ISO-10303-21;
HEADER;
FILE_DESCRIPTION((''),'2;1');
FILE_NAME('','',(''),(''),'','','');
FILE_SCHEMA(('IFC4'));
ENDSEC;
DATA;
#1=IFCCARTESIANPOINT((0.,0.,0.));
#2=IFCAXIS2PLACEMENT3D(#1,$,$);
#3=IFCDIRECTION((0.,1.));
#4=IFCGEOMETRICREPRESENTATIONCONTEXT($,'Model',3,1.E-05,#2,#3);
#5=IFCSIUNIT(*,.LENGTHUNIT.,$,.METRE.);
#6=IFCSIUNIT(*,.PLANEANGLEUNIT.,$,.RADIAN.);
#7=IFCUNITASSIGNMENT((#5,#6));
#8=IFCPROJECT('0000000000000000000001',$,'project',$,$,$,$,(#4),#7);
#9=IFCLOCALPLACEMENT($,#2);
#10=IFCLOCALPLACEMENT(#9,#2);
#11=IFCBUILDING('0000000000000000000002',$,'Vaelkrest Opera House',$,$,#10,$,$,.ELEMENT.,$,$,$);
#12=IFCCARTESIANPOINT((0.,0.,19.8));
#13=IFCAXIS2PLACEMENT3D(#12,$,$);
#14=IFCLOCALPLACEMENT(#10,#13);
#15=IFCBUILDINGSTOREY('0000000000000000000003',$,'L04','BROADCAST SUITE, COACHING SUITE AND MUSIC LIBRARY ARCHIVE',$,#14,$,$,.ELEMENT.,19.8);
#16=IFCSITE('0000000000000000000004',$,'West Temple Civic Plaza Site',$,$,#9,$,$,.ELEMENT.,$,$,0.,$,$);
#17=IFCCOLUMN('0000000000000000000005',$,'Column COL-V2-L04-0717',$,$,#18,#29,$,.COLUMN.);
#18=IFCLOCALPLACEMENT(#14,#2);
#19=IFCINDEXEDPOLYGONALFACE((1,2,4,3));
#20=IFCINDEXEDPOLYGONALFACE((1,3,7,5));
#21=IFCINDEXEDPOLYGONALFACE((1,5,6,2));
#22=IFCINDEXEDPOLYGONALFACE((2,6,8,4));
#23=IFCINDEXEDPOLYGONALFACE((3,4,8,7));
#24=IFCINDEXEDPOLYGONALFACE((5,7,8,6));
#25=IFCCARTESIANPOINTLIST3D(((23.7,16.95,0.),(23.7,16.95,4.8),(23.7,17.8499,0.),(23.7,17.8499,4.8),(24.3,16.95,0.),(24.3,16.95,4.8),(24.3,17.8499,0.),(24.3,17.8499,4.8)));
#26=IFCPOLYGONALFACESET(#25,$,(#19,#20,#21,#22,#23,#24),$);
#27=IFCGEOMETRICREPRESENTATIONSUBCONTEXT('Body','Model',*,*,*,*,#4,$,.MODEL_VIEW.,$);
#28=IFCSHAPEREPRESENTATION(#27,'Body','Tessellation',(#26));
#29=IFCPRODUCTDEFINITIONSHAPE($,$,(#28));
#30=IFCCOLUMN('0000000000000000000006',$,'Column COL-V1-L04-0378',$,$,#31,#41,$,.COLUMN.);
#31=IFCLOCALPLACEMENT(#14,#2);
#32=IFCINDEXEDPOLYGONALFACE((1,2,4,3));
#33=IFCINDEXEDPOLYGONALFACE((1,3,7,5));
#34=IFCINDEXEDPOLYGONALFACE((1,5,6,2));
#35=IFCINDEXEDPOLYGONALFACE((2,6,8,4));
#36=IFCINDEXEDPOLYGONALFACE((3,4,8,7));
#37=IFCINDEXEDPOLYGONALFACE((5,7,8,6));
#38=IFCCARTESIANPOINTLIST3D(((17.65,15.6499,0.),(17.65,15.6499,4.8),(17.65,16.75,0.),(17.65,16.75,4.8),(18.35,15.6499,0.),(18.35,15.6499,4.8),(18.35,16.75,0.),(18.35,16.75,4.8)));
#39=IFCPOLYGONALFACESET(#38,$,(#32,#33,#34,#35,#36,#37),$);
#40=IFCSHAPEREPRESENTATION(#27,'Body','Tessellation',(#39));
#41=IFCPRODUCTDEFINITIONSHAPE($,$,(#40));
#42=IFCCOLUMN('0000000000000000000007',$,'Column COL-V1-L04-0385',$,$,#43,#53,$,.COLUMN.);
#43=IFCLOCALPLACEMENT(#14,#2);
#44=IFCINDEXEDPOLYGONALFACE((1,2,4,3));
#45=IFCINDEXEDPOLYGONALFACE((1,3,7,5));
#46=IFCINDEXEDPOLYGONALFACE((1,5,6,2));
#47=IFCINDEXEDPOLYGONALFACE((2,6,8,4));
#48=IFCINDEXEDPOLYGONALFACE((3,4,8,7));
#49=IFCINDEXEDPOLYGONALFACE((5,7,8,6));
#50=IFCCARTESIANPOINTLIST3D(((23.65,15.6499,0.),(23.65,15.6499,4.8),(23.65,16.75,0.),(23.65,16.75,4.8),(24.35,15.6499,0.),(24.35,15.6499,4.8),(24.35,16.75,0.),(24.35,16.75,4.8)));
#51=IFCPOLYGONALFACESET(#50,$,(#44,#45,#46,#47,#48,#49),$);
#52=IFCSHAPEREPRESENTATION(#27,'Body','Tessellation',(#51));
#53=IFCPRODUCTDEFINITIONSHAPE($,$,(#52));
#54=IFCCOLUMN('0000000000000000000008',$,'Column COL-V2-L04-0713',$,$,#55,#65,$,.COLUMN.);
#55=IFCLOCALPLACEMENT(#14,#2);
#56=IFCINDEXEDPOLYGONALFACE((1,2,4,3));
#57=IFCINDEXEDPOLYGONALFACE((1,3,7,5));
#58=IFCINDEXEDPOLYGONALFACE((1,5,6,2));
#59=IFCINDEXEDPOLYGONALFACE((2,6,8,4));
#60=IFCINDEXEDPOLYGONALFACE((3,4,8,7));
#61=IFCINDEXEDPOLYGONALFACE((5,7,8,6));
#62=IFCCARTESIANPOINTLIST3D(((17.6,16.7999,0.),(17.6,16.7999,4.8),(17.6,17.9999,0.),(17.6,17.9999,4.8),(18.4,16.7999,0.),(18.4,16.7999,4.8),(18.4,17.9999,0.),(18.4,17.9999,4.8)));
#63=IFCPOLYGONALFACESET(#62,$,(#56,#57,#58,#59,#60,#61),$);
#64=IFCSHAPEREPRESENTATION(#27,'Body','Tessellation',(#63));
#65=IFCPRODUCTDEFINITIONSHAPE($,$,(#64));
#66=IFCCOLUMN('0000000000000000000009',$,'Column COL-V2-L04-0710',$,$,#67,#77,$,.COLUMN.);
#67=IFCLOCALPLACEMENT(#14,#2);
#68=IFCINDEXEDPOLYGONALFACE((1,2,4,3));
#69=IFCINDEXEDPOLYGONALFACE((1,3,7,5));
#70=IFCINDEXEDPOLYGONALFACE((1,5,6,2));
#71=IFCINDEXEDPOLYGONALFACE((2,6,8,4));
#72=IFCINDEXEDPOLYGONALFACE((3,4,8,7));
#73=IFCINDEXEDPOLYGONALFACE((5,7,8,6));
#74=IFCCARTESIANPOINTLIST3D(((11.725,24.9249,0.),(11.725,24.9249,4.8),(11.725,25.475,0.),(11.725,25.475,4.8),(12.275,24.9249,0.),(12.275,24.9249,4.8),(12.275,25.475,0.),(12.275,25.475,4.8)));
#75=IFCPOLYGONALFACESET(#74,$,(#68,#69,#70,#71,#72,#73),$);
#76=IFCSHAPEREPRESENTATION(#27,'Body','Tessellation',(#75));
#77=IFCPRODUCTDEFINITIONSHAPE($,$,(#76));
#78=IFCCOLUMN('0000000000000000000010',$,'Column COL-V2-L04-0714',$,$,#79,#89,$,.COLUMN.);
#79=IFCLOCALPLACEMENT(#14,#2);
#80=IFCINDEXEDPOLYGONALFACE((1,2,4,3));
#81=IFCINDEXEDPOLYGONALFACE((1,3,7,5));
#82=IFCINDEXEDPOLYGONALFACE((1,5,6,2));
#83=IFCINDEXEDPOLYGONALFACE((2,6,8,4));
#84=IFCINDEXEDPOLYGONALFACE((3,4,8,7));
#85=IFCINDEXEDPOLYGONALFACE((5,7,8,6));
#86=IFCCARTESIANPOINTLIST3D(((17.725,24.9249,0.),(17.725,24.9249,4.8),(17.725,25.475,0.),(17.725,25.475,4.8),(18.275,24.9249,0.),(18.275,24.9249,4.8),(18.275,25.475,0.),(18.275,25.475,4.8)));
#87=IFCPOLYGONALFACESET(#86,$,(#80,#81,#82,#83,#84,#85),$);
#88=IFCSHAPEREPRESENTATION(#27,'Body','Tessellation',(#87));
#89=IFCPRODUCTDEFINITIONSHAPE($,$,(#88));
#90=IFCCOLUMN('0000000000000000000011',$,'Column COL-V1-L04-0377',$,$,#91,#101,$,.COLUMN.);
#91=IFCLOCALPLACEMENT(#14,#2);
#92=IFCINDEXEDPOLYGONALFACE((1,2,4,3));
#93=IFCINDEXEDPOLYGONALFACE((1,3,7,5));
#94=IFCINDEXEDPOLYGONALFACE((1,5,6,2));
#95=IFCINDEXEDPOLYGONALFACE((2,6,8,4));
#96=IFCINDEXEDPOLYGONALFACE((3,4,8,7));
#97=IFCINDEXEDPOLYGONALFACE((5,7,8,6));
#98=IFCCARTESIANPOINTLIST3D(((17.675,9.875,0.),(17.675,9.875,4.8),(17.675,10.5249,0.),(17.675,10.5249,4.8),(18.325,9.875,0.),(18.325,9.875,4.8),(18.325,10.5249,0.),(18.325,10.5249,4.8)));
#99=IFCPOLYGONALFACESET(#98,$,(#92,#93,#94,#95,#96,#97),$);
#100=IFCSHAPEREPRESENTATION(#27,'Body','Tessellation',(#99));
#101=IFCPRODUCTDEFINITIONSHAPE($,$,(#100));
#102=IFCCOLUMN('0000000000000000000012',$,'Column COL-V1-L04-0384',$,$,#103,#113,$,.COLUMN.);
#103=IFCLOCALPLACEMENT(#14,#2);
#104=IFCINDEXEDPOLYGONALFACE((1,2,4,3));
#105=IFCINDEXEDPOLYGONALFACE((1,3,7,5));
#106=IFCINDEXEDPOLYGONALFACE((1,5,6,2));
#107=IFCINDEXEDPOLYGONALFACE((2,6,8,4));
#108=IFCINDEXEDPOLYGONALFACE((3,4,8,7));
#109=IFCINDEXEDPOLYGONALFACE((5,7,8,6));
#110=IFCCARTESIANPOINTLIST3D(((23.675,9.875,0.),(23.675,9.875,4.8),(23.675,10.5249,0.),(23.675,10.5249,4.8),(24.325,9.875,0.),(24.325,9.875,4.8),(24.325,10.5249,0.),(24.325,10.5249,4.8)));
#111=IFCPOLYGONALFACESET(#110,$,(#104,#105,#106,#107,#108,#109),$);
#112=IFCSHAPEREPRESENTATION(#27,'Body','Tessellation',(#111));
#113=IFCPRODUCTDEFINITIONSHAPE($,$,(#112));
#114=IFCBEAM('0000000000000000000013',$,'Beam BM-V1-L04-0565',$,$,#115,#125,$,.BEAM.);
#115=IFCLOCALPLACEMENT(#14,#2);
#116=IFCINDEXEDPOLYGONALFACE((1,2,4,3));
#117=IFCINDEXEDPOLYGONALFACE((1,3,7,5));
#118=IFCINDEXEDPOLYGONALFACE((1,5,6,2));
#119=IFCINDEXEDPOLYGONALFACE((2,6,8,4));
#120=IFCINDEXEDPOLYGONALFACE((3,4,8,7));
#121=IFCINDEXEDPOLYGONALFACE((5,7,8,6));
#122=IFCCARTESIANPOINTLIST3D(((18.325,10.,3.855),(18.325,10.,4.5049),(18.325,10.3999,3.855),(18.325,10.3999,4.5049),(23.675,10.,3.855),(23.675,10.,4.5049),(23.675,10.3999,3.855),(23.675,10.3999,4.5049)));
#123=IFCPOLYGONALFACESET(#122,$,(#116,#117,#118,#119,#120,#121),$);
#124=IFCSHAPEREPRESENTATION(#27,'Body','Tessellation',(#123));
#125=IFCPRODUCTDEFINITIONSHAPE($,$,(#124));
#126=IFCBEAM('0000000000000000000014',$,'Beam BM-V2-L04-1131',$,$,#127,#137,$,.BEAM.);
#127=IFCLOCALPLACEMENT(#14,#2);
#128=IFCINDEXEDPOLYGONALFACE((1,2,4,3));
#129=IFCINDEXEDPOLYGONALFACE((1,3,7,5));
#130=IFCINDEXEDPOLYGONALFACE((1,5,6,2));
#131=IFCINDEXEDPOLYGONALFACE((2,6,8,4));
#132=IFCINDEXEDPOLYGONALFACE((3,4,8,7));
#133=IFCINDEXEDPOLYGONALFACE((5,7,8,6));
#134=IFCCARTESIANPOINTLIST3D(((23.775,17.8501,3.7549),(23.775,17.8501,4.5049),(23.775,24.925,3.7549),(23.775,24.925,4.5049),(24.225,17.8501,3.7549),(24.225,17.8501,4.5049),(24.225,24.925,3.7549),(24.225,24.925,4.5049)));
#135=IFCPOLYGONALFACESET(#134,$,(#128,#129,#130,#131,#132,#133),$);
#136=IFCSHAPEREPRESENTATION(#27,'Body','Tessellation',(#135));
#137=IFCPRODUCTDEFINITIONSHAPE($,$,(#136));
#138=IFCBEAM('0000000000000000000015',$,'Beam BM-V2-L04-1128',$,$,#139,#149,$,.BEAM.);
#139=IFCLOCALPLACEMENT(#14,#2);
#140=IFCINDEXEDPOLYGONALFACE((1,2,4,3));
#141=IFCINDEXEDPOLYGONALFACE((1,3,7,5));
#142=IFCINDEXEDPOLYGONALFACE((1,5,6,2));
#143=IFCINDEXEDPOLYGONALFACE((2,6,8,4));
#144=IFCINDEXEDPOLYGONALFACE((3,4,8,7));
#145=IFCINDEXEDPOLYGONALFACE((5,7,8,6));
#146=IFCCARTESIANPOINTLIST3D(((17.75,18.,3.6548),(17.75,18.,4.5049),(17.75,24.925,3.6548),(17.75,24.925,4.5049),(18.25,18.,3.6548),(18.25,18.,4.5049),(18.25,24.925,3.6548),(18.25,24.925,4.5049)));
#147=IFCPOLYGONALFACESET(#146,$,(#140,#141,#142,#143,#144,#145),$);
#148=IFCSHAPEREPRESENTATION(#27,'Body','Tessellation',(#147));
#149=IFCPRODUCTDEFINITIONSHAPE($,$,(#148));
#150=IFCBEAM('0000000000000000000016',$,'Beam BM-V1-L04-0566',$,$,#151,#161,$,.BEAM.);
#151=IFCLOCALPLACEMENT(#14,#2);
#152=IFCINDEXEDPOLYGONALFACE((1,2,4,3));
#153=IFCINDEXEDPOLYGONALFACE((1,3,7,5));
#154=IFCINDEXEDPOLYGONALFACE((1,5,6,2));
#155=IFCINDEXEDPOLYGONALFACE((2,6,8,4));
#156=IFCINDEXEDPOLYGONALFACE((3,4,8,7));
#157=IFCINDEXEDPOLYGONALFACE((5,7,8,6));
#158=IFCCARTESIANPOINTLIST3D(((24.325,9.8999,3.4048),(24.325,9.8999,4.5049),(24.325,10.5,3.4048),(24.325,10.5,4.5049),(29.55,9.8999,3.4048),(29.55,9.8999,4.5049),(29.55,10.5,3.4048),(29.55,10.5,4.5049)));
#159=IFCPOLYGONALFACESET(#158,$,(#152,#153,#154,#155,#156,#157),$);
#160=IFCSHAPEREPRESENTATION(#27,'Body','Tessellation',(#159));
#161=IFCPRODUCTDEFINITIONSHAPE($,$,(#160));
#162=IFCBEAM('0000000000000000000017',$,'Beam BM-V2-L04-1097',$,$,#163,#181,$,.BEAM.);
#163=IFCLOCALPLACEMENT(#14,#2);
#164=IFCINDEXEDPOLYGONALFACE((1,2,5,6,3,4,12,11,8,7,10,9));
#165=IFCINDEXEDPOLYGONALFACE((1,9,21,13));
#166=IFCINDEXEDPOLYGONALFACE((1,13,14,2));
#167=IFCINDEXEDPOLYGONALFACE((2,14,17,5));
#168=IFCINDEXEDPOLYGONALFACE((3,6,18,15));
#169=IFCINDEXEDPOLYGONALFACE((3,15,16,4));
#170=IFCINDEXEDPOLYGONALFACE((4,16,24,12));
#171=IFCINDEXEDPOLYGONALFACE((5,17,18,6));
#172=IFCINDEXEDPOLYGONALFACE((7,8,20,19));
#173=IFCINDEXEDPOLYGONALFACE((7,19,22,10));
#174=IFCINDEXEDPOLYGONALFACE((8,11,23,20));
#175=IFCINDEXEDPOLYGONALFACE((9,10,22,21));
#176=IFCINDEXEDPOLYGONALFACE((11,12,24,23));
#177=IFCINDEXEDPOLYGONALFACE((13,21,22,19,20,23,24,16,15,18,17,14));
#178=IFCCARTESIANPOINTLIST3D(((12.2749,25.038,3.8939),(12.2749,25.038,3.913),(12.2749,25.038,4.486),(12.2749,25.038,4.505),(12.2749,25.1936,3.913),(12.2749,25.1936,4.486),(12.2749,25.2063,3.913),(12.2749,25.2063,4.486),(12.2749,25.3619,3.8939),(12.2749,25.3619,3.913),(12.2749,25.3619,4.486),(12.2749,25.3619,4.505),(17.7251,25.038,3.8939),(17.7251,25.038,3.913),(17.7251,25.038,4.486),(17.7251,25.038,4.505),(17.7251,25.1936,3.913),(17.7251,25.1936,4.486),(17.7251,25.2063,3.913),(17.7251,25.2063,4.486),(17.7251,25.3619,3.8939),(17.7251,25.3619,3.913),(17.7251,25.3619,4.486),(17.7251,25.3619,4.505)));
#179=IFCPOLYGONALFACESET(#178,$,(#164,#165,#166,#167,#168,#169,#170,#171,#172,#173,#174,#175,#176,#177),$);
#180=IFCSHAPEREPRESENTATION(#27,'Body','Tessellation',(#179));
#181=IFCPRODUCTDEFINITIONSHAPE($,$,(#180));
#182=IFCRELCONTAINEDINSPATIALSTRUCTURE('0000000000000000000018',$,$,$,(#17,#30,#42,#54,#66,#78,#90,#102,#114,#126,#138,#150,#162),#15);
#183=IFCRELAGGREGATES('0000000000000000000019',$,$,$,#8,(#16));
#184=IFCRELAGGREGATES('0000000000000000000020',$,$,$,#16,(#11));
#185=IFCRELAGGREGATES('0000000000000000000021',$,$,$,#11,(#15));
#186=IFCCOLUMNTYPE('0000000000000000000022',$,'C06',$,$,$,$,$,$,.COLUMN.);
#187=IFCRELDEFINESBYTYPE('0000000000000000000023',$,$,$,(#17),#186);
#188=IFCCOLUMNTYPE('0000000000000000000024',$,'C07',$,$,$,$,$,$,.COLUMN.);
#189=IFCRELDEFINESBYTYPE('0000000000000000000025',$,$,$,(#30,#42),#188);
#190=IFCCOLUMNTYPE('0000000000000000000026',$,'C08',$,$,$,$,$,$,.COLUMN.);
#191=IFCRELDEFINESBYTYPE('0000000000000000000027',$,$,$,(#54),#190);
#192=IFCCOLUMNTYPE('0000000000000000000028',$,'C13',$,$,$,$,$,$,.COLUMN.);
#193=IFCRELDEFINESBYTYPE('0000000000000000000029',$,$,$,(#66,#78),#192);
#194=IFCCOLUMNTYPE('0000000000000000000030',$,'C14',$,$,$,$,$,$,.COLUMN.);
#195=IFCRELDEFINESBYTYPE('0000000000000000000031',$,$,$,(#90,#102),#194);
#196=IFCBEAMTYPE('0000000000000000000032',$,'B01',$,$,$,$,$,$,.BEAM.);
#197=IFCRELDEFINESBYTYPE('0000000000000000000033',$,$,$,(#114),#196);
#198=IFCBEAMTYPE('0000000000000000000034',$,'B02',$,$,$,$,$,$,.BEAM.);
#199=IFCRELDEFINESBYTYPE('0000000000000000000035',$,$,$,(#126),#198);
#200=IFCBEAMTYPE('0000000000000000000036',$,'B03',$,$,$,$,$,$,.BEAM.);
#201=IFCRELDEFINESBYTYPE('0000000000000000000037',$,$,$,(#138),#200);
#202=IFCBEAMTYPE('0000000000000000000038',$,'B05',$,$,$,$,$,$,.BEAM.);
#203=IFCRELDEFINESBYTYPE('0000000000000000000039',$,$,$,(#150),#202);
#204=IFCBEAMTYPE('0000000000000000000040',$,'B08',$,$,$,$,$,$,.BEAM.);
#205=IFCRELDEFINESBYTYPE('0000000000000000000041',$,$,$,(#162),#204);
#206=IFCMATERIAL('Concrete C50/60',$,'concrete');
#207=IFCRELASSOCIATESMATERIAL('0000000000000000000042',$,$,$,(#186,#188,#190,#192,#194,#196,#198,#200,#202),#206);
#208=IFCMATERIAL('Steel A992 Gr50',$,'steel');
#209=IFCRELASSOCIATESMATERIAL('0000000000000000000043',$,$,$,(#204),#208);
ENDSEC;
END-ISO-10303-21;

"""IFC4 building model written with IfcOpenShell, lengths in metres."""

from ifc_helpers import new_model, si_unit, direction, frame, origin, origin_2d, place, context, subcontext, project, spatial, rectangle, i_section, extrude, material, material_profile, profile_set, type_object, element, save


model = new_model("IFC4")

# Units and contexts
model_context = context("Model", 3, precision=1e-05, world=origin(), true_north=direction((0.0, 1.0)))
body_context = subcontext(model_context, "Body", "Model", "MODEL_VIEW")
ifc_project = project(units=[si_unit("LENGTHUNIT", "METRE"), si_unit("PLANEANGLEUNIT", "RADIAN")], contexts=[model_context])

# Site, building, storey
site_placement = place(None, origin())
site = spatial("IfcSite", under=ifc_project, at=site_placement, Name="West Temple Civic Plaza Site", CompositionType="ELEMENT", RefElevation=0.0)
building_placement = place(site_placement, origin())
building = spatial("IfcBuilding", under=site, at=building_placement, Name="Vaelkrest Opera House", CompositionType="ELEMENT")
storey_placement = place(building_placement, frame((0.0, 0.0, 19.8)))
storey = spatial("IfcBuildingStorey", under=building, at=storey_placement, Name="L04", Description="BROADCAST SUITE, COACHING SUITE AND MUSIC LIBRARY ARCHIVE", CompositionType="ELEMENT", Elevation=19.8)

# Columns
ifc_material_1 = material(Name="Concrete C50/60", Category="concrete")
ifc_material_profile_1 = material_profile(ifc_material_1, rectangle(XDim=0.6001, YDim=0.8999, at=origin_2d()), Name="RC600X900")
ifc_profile_set_1 = profile_set([ifc_material_profile_1], Name="Concrete C50/60")
column_type_1 = type_object("IfcColumnType", Name="C06", PredefinedType="COLUMN", material=ifc_profile_set_1)
column_1_placement = place(storey_placement, frame((24.0, 17.3999, 0.0), z_axis=(0.0, 0.0, 1.0), x_axis=(1.0, 0.0, 0.0)))
element("IfcColumn", 1, at=column_1_placement, inside=storey, type_object=column_type_1, Name="Column COL-V2-L04-0717", PredefinedType="COLUMN", context=body_context, shape_type="SweptSolid", body=[
    extrude(rectangle(XDim=0.6001, YDim=0.8999, at=origin_2d()), origin(), (0.0, 0.0, 1.0), 4.8),
])
ifc_material_profile_2 = material_profile(ifc_material_1, rectangle(XDim=0.7, YDim=1.1001, at=origin_2d()), Name="RC700X1100")
ifc_profile_set_2 = profile_set([ifc_material_profile_2], Name="Concrete C50/60")
column_type_2 = type_object("IfcColumnType", Name="C07", PredefinedType="COLUMN", material=ifc_profile_set_2)
for number, where, z_axis, x_axis, name in (
    (2, (18.0, 16.2, 0.0), (0.0, 0.0, 1.0), (1.0, 0.0, 0.0), "Column COL-V1-L04-0378"),
    (3, (24.0, 16.2, 0.0), (0.0, 0.0, 1.0), (1.0, 0.0, 0.0), "Column COL-V1-L04-0385"),
):
    element("IfcColumn", number, at=place(storey_placement, frame(where, z_axis=z_axis, x_axis=x_axis)), inside=storey, type_object=column_type_2, Name=name, PredefinedType="COLUMN", context=body_context, shape_type="SweptSolid", body=[
        extrude(rectangle(XDim=0.7, YDim=1.1001, at=origin_2d()), origin(), (0.0, 0.0, 1.0), 4.8),
    ])
ifc_material_profile_3 = material_profile(ifc_material_1, rectangle(XDim=0.8, YDim=1.2, at=origin_2d()), Name="RC800X1200")
ifc_profile_set_3 = profile_set([ifc_material_profile_3], Name="Concrete C50/60")
column_type_3 = type_object("IfcColumnType", Name="C08", PredefinedType="COLUMN", material=ifc_profile_set_3)
column_2_placement = place(storey_placement, frame((18.0, 17.3999, 0.0), z_axis=(0.0, 0.0, 1.0), x_axis=(1.0, 0.0, 0.0)))
element("IfcColumn", 4, at=column_2_placement, inside=storey, type_object=column_type_3, Name="Column COL-V2-L04-0713", PredefinedType="COLUMN", context=body_context, shape_type="SweptSolid", body=[
    extrude(rectangle(XDim=0.8, YDim=1.2, at=origin_2d()), origin(), (0.0, 0.0, 1.0), 4.8),
])
ifc_material_profile_4 = material_profile(ifc_material_1, rectangle(XDim=0.55, YDim=0.55, at=origin_2d()), Name="RC550X550")
ifc_profile_set_4 = profile_set([ifc_material_profile_4], Name="Concrete C50/60")
column_type_4 = type_object("IfcColumnType", Name="C13", PredefinedType="COLUMN", material=ifc_profile_set_4)
for number, where, z_axis, x_axis, name in (
    (5, (12.0, 25.2, 0.0), (0.0, 0.0, 1.0), (1.0, 0.0, 0.0), "Column COL-V2-L04-0710"),
    (6, (18.0, 25.2, 0.0), (0.0, 0.0, 1.0), (1.0, 0.0, 0.0), "Column COL-V2-L04-0714"),
):
    element("IfcColumn", number, at=place(storey_placement, frame(where, z_axis=z_axis, x_axis=x_axis)), inside=storey, type_object=column_type_4, Name=name, PredefinedType="COLUMN", context=body_context, shape_type="SweptSolid", body=[
        extrude(rectangle(XDim=0.55, YDim=0.55, at=origin_2d()), origin(), (0.0, 0.0, 1.0), 4.8),
    ])
ifc_material_profile_5 = material_profile(ifc_material_1, rectangle(XDim=0.6499, YDim=0.6499, at=origin_2d()), Name="RC650X650")
ifc_profile_set_5 = profile_set([ifc_material_profile_5], Name="Concrete C50/60")
column_type_5 = type_object("IfcColumnType", Name="C14", PredefinedType="COLUMN", material=ifc_profile_set_5)
for number, where, z_axis, x_axis, name in (
    (7, (18.0, 10.2, 0.0), (0.0, 0.0, 1.0), (1.0, 0.0, 0.0), "Column COL-V1-L04-0377"),
    (8, (24.0, 10.2, 0.0), (0.0, 0.0, 1.0), (1.0, 0.0, 0.0), "Column COL-V1-L04-0384"),
):
    element("IfcColumn", number, at=place(storey_placement, frame(where, z_axis=z_axis, x_axis=x_axis)), inside=storey, type_object=column_type_5, Name=name, PredefinedType="COLUMN", context=body_context, shape_type="SweptSolid", body=[
        extrude(rectangle(XDim=0.6499, YDim=0.6499, at=origin_2d()), origin(), (0.0, 0.0, 1.0), 4.8),
    ])

# Beams
ifc_material_profile_6 = material_profile(ifc_material_1, rectangle(XDim=0.3999, YDim=0.6499, at=origin_2d()), Name="RCB400X650")
ifc_profile_set_6 = profile_set([ifc_material_profile_6], Name="Concrete C50/60")
beam_type_1 = type_object("IfcBeamType", Name="B01", PredefinedType="BEAM", material=ifc_profile_set_6)
beam_1_placement = place(storey_placement, frame((18.325, 10.2, 4.1799), z_axis=(1.0, 0.0, 0.0), x_axis=(0.0, 1.0, 0.0)))
element("IfcBeam", 9, at=beam_1_placement, inside=storey, type_object=beam_type_1, Name="Beam BM-V1-L04-0565", PredefinedType="BEAM", context=body_context, shape_type="SweptSolid", body=[
    extrude(rectangle(XDim=0.3999, YDim=0.6499, at=origin_2d()), origin(), (0.0, 0.0, 1.0), 5.3501),
])
ifc_material_profile_7 = material_profile(ifc_material_1, rectangle(XDim=0.45, YDim=0.75, at=origin_2d()), Name="RCB450X750")
ifc_profile_set_7 = profile_set([ifc_material_profile_7], Name="Concrete C50/60")
beam_type_2 = type_object("IfcBeamType", Name="B02", PredefinedType="BEAM", material=ifc_profile_set_7)
beam_2_placement = place(storey_placement, frame((24.0, 17.8501, 4.1299), z_axis=(0.0, 1.0, 0.0), x_axis=(-1.0, 0.0, 0.0)))
element("IfcBeam", 10, at=beam_2_placement, inside=storey, type_object=beam_type_2, Name="Beam BM-V2-L04-1131", PredefinedType="BEAM", context=body_context, shape_type="SweptSolid", body=[
    extrude(rectangle(XDim=0.45, YDim=0.75, at=origin_2d()), origin(), (0.0, 0.0, 1.0), 7.075),
])
ifc_material_profile_8 = material_profile(ifc_material_1, rectangle(XDim=0.5, YDim=0.8501, at=origin_2d()), Name="RCB500X850")
ifc_profile_set_8 = profile_set([ifc_material_profile_8], Name="Concrete C50/60")
beam_type_3 = type_object("IfcBeamType", Name="B03", PredefinedType="BEAM", material=ifc_profile_set_8)
beam_3_placement = place(storey_placement, frame((18.0, 18.0, 4.0798), z_axis=(0.0, 1.0, 0.0), x_axis=(-1.0, 0.0, 0.0)))
element("IfcBeam", 11, at=beam_3_placement, inside=storey, type_object=beam_type_3, Name="Beam BM-V2-L04-1128", PredefinedType="BEAM", context=body_context, shape_type="SweptSolid", body=[
    extrude(rectangle(XDim=0.5, YDim=0.8501, at=origin_2d()), origin(), (0.0, 0.0, 1.0), 6.925),
])
ifc_material_profile_9 = material_profile(ifc_material_1, rectangle(XDim=0.6001, YDim=1.1001, at=origin_2d()), Name="RCB600X1100")
ifc_profile_set_9 = profile_set([ifc_material_profile_9], Name="Concrete C50/60")
beam_type_4 = type_object("IfcBeamType", Name="B05", PredefinedType="BEAM", material=ifc_profile_set_9)
beam_4_placement = place(storey_placement, frame((24.325, 10.2, 3.9548), z_axis=(1.0, 0.0, 0.0), x_axis=(0.0, 1.0, 0.0)))
element("IfcBeam", 12, at=beam_4_placement, inside=storey, type_object=beam_type_4, Name="Beam BM-V1-L04-0566", PredefinedType="BEAM", context=body_context, shape_type="SweptSolid", body=[
    extrude(rectangle(XDim=0.6001, YDim=1.1001, at=origin_2d()), origin(), (0.0, 0.0, 1.0), 5.2251),
])
ifc_material_2 = material(Name="Steel A992 Gr50", Category="steel")
ifc_material_profile_10 = material_profile(ifc_material_2, i_section(OverallWidth=0.324, OverallDepth=0.6111, WebThickness=0.0127, FlangeThickness=0.019, at=origin_2d()), Name="W24X104")
ifc_profile_set_10 = profile_set([ifc_material_profile_10], Name="Steel A992 Gr50")
beam_type_5 = type_object("IfcBeamType", Name="B08", PredefinedType="BEAM", material=ifc_profile_set_10)
beam_5_placement = place(storey_placement, frame((12.2749, 25.2, 4.1995), z_axis=(1.0, 0.0, 0.0), x_axis=(0.0, 1.0, 0.0)))
element("IfcBeam", 13, at=beam_5_placement, inside=storey, type_object=beam_type_5, Name="Beam BM-V2-L04-1097", PredefinedType="BEAM", context=body_context, shape_type="SweptSolid", body=[
    extrude(i_section(OverallWidth=0.324, OverallDepth=0.6111, WebThickness=0.0127, FlangeThickness=0.019, at=origin_2d()), origin(), (0.0, 0.0, 1.0), 5.4502),
])

save(model, "model.ifc")
